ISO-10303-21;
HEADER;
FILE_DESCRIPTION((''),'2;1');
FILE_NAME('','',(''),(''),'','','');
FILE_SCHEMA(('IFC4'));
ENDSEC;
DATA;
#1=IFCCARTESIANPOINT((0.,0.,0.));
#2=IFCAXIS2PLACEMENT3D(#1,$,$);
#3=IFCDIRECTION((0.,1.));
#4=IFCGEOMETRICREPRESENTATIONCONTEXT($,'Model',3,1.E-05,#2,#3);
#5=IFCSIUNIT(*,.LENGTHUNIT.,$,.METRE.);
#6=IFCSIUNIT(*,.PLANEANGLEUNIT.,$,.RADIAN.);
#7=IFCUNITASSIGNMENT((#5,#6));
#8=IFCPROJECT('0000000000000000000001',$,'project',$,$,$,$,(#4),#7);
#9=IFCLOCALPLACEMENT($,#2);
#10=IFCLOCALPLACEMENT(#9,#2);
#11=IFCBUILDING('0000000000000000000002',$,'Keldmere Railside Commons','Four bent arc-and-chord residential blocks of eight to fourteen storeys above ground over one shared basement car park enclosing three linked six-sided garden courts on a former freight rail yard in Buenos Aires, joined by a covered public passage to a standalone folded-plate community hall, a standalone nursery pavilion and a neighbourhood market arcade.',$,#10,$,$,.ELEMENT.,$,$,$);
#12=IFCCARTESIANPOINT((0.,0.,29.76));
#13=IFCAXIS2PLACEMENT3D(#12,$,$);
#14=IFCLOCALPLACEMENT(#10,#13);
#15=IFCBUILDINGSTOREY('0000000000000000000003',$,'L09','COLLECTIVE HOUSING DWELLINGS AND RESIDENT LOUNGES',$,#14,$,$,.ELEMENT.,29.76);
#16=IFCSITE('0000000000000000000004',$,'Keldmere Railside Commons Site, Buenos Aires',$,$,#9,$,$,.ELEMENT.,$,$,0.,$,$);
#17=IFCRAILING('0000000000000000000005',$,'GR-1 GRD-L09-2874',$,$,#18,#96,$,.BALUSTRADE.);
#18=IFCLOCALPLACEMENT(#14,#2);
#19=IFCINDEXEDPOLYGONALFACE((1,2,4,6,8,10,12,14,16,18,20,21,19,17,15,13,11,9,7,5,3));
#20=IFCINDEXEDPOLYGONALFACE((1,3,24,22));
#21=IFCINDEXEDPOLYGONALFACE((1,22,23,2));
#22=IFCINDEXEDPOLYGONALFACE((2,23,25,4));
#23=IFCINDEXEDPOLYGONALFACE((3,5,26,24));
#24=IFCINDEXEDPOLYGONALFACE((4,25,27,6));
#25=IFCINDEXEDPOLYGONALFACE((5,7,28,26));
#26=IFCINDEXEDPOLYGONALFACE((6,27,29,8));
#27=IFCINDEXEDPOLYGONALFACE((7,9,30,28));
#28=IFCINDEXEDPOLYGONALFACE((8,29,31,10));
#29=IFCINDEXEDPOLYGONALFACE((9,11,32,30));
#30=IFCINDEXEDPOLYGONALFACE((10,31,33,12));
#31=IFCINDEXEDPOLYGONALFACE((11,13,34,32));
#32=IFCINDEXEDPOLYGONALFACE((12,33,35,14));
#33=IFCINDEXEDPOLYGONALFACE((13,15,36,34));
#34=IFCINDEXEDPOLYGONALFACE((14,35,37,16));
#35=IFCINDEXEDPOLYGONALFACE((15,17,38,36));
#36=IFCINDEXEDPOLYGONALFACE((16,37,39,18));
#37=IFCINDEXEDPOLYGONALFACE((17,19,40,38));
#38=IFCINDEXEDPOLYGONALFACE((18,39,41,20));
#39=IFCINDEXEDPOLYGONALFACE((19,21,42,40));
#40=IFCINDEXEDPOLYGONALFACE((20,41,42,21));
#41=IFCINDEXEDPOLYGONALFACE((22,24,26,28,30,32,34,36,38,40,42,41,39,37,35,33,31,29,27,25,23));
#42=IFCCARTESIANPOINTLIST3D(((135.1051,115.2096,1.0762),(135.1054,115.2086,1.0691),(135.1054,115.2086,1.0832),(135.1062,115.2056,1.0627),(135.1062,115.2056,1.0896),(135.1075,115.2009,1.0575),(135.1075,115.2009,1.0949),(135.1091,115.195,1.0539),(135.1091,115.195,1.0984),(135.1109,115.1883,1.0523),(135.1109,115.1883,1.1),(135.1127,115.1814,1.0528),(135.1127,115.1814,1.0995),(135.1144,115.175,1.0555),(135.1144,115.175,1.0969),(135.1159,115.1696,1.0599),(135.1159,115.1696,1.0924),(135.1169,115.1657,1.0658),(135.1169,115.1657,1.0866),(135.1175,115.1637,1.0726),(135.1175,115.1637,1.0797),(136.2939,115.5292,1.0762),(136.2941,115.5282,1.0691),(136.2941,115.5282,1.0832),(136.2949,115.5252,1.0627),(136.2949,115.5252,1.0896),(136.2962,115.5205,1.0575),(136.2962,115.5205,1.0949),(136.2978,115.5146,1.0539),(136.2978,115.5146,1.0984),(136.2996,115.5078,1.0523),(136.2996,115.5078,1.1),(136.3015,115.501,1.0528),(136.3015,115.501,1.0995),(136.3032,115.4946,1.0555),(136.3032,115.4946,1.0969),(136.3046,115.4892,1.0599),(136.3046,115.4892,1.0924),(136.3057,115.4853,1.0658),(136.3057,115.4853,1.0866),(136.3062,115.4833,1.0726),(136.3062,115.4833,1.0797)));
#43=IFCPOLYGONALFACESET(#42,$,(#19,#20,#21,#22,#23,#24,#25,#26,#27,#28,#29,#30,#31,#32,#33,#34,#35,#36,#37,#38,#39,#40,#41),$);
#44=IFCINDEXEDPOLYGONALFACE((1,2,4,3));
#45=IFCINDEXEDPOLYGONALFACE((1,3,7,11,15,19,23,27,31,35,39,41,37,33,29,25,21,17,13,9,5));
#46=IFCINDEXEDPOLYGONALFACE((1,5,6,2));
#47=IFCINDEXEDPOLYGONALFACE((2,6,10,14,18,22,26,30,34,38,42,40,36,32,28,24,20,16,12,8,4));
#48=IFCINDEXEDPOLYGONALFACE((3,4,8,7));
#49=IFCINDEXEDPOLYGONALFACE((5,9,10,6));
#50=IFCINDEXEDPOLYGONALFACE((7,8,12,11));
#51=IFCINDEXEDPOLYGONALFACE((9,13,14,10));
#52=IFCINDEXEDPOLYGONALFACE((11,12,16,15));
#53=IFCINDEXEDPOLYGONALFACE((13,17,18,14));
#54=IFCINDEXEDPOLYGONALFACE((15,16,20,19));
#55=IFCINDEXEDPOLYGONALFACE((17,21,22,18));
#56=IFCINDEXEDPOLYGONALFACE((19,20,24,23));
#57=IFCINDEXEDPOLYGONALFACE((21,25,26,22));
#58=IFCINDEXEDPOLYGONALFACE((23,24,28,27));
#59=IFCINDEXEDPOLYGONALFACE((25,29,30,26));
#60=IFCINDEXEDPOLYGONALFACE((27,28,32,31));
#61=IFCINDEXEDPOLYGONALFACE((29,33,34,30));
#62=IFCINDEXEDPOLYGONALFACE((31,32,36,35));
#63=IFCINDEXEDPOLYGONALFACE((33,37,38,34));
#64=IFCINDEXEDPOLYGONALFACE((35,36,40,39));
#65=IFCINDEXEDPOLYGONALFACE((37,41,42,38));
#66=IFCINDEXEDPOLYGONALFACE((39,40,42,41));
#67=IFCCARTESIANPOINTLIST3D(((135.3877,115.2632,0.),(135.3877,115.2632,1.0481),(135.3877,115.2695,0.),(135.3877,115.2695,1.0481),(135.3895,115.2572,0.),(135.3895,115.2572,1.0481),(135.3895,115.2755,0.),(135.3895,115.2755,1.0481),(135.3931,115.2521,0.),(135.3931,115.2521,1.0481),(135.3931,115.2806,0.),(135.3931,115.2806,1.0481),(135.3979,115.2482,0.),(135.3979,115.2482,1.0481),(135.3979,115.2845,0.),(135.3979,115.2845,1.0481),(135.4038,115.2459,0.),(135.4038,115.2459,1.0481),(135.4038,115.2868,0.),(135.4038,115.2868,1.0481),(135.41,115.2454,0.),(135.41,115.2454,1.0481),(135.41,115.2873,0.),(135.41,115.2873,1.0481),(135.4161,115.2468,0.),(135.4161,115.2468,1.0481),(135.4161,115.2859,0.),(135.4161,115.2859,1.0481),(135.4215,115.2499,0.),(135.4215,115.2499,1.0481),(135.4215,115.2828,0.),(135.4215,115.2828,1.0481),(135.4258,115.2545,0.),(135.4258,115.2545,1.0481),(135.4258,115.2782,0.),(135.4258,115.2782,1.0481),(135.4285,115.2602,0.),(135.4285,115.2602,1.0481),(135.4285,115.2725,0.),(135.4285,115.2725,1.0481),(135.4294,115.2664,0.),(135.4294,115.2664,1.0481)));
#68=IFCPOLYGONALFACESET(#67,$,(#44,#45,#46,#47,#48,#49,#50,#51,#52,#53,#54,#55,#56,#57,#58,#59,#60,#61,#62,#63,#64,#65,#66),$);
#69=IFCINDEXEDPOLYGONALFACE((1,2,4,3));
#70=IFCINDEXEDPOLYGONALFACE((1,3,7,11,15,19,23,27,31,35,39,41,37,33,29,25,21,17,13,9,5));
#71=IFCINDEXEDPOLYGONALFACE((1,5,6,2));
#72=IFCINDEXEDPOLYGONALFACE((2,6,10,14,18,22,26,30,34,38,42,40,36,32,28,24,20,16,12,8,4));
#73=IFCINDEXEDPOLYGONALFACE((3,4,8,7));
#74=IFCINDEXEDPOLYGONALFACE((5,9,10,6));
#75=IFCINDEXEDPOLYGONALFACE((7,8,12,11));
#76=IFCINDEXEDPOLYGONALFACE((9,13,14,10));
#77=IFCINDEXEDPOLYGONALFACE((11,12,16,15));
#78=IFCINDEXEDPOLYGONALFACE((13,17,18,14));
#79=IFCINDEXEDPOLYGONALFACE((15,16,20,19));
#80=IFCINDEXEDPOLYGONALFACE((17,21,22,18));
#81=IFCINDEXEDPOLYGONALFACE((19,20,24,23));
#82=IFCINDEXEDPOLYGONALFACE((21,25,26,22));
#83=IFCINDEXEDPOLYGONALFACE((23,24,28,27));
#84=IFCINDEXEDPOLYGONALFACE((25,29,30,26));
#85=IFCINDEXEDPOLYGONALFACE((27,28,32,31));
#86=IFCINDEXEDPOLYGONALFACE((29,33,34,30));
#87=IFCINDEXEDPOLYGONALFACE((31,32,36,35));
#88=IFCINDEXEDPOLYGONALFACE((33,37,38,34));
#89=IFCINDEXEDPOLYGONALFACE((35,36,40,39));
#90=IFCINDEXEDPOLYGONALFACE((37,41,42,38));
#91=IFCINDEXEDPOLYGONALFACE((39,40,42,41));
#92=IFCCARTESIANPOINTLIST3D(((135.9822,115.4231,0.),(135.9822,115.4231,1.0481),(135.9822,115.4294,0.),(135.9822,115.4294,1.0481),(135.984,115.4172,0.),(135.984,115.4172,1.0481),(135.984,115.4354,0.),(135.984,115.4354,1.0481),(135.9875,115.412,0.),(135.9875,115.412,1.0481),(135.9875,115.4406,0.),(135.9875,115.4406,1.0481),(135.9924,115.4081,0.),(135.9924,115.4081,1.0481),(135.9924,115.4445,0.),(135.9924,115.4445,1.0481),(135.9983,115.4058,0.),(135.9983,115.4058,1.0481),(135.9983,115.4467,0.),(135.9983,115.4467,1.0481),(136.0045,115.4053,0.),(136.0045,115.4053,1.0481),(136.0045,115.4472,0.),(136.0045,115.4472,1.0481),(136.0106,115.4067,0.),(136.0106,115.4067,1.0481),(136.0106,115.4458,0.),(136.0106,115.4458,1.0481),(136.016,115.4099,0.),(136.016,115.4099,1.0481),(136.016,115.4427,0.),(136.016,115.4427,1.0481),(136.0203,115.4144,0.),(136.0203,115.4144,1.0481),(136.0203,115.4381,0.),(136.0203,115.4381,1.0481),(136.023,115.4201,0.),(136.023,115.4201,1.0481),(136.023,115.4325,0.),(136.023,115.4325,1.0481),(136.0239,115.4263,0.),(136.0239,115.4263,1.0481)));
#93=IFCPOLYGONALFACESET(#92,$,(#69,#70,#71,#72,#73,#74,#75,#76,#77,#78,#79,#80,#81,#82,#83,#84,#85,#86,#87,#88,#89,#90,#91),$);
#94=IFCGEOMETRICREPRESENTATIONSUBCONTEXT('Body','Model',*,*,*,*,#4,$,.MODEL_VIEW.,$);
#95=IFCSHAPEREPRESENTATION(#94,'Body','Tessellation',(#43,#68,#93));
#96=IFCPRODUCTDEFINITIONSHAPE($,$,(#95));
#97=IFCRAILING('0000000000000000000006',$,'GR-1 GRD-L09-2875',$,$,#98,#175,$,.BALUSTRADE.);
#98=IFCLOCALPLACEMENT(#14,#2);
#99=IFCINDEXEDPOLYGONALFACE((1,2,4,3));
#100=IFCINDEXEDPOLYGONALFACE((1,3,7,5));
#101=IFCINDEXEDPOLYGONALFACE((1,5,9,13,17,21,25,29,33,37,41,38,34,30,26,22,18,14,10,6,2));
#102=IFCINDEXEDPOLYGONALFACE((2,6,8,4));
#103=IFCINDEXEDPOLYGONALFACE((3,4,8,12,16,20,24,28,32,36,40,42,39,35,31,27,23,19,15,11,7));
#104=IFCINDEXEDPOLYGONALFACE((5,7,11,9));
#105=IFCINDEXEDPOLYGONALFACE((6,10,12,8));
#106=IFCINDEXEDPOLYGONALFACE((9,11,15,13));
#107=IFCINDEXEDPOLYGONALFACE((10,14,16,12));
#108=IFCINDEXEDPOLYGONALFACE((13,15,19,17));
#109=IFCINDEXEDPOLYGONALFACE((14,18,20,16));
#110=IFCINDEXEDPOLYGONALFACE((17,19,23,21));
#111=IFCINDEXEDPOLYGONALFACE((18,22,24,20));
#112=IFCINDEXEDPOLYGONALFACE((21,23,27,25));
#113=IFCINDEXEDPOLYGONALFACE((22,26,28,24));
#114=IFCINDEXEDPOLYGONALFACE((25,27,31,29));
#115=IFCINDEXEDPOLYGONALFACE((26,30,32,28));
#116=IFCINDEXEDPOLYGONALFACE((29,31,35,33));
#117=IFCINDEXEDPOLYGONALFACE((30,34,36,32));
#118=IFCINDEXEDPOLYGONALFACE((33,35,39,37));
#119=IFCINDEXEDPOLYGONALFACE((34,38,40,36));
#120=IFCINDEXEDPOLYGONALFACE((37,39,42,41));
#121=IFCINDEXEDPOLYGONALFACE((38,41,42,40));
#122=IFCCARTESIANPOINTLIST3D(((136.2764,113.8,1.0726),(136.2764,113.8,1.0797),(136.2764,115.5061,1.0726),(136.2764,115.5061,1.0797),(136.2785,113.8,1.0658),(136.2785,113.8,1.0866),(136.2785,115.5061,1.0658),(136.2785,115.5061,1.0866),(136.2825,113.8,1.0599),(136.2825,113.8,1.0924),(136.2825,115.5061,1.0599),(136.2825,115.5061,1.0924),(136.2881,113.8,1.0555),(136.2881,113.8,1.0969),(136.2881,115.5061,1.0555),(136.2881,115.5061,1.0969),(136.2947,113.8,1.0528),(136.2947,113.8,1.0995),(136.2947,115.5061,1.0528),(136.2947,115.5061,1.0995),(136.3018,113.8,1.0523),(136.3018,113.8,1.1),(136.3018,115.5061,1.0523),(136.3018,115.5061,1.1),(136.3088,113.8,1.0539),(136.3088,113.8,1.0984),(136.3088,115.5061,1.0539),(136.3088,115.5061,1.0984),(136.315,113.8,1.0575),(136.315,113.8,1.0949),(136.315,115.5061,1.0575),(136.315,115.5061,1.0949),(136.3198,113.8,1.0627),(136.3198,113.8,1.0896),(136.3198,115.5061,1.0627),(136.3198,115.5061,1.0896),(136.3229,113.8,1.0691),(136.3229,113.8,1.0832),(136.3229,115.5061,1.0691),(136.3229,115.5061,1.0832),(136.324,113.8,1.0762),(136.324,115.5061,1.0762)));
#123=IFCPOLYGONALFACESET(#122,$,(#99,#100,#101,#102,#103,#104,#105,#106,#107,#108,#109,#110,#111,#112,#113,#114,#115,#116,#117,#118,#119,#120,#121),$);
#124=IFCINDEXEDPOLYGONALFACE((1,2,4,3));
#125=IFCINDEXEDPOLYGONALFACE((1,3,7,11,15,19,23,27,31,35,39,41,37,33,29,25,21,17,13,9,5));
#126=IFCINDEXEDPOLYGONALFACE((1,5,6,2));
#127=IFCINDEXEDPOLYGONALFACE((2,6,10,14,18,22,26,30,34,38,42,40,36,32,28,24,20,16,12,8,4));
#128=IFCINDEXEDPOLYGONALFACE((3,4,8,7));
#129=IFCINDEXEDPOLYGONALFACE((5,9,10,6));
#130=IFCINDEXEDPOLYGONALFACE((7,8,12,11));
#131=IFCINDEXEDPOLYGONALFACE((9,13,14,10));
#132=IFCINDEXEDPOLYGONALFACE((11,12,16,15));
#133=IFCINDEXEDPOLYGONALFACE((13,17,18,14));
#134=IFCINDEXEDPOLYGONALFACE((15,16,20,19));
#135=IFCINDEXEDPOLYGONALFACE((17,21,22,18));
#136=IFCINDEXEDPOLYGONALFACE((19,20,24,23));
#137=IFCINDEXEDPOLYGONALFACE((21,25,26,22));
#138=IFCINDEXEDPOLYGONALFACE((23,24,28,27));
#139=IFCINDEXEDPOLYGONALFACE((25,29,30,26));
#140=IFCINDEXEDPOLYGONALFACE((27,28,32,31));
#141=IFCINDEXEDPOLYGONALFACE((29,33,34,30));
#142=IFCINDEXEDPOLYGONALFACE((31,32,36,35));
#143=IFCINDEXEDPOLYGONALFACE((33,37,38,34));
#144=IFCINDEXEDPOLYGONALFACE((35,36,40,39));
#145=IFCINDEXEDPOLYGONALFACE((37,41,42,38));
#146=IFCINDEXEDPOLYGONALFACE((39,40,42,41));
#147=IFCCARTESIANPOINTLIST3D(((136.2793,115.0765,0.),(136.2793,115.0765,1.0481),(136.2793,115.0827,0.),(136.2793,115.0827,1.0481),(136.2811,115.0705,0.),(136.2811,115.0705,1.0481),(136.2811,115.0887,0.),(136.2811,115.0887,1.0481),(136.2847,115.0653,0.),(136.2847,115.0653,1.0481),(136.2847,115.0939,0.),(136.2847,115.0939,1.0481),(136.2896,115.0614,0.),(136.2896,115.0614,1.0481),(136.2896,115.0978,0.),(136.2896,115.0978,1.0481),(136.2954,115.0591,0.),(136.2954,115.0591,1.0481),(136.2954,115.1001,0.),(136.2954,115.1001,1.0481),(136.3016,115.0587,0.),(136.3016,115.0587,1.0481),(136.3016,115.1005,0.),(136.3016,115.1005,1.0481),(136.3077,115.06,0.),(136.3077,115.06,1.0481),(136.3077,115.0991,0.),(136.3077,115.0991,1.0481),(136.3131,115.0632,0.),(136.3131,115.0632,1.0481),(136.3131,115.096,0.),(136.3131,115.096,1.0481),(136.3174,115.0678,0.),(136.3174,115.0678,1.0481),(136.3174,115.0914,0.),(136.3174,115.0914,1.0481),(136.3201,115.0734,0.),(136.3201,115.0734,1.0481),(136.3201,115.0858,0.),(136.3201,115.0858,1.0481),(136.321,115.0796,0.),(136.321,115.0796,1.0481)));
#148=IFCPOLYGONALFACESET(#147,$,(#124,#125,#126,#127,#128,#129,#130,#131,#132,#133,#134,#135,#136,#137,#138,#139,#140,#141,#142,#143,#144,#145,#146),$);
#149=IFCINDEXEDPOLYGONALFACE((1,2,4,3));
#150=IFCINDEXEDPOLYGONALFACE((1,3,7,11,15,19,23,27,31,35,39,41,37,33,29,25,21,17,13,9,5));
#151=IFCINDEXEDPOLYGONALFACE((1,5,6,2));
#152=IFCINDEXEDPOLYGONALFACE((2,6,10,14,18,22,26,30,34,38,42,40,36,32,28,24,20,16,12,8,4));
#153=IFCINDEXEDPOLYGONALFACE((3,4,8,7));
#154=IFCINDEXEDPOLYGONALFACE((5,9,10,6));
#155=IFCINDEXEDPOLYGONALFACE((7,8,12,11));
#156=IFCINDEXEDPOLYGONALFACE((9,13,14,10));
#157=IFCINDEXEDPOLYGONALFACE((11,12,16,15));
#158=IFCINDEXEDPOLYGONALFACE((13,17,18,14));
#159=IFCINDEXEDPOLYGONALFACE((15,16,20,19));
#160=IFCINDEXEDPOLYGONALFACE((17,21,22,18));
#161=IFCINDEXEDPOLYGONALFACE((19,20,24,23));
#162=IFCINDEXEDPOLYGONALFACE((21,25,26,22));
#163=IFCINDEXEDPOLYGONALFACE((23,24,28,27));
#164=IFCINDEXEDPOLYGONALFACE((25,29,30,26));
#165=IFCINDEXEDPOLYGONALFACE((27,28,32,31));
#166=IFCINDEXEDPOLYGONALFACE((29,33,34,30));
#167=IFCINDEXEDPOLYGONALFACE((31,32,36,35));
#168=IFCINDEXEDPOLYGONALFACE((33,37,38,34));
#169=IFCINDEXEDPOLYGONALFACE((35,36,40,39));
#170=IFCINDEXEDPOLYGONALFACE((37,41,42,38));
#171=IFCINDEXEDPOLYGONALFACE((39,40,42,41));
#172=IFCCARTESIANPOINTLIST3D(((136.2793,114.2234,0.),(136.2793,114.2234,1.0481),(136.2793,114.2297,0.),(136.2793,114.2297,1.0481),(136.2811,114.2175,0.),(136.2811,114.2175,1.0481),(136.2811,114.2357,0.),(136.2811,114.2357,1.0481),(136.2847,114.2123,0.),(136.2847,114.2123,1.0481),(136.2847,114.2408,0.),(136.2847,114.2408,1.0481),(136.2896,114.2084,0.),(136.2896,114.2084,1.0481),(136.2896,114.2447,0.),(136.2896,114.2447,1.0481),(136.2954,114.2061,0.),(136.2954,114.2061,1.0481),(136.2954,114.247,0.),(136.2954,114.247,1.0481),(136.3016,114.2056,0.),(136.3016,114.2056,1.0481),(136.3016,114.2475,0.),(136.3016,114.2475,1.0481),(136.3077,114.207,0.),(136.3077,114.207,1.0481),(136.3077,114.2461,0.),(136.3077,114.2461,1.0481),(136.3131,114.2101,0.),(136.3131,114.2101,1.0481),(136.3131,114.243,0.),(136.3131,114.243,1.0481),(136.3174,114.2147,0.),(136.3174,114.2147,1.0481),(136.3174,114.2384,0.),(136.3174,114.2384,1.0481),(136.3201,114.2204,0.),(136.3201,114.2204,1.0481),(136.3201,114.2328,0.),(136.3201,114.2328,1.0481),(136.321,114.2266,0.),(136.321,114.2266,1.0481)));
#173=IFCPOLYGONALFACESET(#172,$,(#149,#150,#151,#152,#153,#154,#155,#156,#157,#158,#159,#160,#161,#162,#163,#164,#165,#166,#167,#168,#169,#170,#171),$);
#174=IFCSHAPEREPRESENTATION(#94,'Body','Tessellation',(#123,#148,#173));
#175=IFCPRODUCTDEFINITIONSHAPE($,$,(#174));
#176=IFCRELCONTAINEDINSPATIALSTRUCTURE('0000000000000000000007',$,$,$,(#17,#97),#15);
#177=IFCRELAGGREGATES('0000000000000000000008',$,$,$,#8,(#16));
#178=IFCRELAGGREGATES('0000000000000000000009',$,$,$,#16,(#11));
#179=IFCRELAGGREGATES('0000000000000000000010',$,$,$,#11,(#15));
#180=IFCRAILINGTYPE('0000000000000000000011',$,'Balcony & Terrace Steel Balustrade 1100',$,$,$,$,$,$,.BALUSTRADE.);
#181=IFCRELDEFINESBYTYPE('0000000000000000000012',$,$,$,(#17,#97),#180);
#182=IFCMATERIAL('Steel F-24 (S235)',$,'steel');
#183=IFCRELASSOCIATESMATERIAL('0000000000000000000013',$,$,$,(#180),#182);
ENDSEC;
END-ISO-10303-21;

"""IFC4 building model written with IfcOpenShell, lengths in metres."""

from ifc_helpers import new_model, si_unit, direction, frame, origin, origin_2d, place, context, subcontext, project, spatial, circle, extrude, material, type_object, element, save


model = new_model("IFC4")

# Units and contexts
model_context = context("Model", 3, precision=1e-05, world=origin(), true_north=direction((0.0, 1.0)))
body_context = subcontext(model_context, "Body", "Model", "MODEL_VIEW")
ifc_project = project(units=[si_unit("LENGTHUNIT", "METRE"), si_unit("PLANEANGLEUNIT", "RADIAN")], contexts=[model_context])

# Site, building, storey
site_placement = place(None, origin())
site = spatial("IfcSite", under=ifc_project, at=site_placement, Name="Keldmere Railside Commons Site, Buenos Aires", CompositionType="ELEMENT", RefElevation=0.0)
building_placement = place(site_placement, origin())
building = spatial("IfcBuilding", under=site, at=building_placement, Name="Keldmere Railside Commons", Description="Four bent arc-and-chord residential blocks of eight to fourteen storeys above ground over one shared basement car park enclosing three linked six-sided garden courts on a former freight rail yard in Buenos Aires, joined by a covered public passage to a standalone folded-plate community hall, a standalone nursery pavilion and a neighbourhood market arcade.", CompositionType="ELEMENT")
storey_placement = place(building_placement, frame((0.0, 0.0, 29.76)))
storey = spatial("IfcBuildingStorey", under=building, at=storey_placement, Name="L09", Description="COLLECTIVE HOUSING DWELLINGS AND RESIDENT LOUNGES", CompositionType="ELEMENT", Elevation=29.76)

# Shared definitions
ifc_material_1 = material(Name="Steel F-24 (S235)", Category="steel")

# Railings
railing_type = type_object("IfcRailingType", Name="Balcony & Terrace Steel Balustrade 1100", PredefinedType="BALUSTRADE", material=ifc_material_1)
railing_1_placement = place(storey_placement, frame((135.1113, 115.1865, 0.0)))
element("IfcRailing", 1, at=railing_1_placement, inside=storey, type_object=railing_type, Name="GR-1 GRD-L09-2874", PredefinedType="BALUSTRADE", context=body_context, shape_type="SweptSolid", body=[
    extrude(circle(Radius=0.0239, at=origin_2d()), frame((0.0, 0.0, 1.0762), z_axis=(0.96571, 0.259625, 0.0), x_axis=(-0.259625, 0.96571, 0.0)), (0.0, 0.0, 1.0), 1.231),
    extrude(circle(Radius=0.021, at=origin_2d()), frame((0.2971, 0.0798, 0.0)), (0.0, 0.0, 1.0), 1.0481),
    extrude(circle(Radius=0.021, at=origin_2d()), frame((0.8916, 0.2397, 0.0)), (0.0, 0.0, 1.0), 1.0481),
])
railing_2_placement = place(storey_placement, frame((136.3, 115.5061, 0.0)))
element("IfcRailing", 2, at=railing_2_placement, inside=storey, type_object=railing_type, Name="GR-1 GRD-L09-2875", PredefinedType="BALUSTRADE", context=body_context, shape_type="SweptSolid", body=[
    extrude(circle(Radius=0.0239, at=origin_2d()), frame((0.0, 0.0, 1.0762), z_axis=(0.0, -1.0, 0.0), x_axis=(1.0, 0.0, 0.0)), (0.0, 0.0, 1.0), 1.7061),
    extrude(circle(Radius=0.021, at=origin_2d()), frame((0.0, -0.4265, 0.0)), (0.0, 0.0, 1.0), 1.0481),
    extrude(circle(Radius=0.021, at=origin_2d()), frame((0.0, -1.2795, 0.0)), (0.0, 0.0, 1.0), 1.0481),
])

save(model, "model.ifc")
